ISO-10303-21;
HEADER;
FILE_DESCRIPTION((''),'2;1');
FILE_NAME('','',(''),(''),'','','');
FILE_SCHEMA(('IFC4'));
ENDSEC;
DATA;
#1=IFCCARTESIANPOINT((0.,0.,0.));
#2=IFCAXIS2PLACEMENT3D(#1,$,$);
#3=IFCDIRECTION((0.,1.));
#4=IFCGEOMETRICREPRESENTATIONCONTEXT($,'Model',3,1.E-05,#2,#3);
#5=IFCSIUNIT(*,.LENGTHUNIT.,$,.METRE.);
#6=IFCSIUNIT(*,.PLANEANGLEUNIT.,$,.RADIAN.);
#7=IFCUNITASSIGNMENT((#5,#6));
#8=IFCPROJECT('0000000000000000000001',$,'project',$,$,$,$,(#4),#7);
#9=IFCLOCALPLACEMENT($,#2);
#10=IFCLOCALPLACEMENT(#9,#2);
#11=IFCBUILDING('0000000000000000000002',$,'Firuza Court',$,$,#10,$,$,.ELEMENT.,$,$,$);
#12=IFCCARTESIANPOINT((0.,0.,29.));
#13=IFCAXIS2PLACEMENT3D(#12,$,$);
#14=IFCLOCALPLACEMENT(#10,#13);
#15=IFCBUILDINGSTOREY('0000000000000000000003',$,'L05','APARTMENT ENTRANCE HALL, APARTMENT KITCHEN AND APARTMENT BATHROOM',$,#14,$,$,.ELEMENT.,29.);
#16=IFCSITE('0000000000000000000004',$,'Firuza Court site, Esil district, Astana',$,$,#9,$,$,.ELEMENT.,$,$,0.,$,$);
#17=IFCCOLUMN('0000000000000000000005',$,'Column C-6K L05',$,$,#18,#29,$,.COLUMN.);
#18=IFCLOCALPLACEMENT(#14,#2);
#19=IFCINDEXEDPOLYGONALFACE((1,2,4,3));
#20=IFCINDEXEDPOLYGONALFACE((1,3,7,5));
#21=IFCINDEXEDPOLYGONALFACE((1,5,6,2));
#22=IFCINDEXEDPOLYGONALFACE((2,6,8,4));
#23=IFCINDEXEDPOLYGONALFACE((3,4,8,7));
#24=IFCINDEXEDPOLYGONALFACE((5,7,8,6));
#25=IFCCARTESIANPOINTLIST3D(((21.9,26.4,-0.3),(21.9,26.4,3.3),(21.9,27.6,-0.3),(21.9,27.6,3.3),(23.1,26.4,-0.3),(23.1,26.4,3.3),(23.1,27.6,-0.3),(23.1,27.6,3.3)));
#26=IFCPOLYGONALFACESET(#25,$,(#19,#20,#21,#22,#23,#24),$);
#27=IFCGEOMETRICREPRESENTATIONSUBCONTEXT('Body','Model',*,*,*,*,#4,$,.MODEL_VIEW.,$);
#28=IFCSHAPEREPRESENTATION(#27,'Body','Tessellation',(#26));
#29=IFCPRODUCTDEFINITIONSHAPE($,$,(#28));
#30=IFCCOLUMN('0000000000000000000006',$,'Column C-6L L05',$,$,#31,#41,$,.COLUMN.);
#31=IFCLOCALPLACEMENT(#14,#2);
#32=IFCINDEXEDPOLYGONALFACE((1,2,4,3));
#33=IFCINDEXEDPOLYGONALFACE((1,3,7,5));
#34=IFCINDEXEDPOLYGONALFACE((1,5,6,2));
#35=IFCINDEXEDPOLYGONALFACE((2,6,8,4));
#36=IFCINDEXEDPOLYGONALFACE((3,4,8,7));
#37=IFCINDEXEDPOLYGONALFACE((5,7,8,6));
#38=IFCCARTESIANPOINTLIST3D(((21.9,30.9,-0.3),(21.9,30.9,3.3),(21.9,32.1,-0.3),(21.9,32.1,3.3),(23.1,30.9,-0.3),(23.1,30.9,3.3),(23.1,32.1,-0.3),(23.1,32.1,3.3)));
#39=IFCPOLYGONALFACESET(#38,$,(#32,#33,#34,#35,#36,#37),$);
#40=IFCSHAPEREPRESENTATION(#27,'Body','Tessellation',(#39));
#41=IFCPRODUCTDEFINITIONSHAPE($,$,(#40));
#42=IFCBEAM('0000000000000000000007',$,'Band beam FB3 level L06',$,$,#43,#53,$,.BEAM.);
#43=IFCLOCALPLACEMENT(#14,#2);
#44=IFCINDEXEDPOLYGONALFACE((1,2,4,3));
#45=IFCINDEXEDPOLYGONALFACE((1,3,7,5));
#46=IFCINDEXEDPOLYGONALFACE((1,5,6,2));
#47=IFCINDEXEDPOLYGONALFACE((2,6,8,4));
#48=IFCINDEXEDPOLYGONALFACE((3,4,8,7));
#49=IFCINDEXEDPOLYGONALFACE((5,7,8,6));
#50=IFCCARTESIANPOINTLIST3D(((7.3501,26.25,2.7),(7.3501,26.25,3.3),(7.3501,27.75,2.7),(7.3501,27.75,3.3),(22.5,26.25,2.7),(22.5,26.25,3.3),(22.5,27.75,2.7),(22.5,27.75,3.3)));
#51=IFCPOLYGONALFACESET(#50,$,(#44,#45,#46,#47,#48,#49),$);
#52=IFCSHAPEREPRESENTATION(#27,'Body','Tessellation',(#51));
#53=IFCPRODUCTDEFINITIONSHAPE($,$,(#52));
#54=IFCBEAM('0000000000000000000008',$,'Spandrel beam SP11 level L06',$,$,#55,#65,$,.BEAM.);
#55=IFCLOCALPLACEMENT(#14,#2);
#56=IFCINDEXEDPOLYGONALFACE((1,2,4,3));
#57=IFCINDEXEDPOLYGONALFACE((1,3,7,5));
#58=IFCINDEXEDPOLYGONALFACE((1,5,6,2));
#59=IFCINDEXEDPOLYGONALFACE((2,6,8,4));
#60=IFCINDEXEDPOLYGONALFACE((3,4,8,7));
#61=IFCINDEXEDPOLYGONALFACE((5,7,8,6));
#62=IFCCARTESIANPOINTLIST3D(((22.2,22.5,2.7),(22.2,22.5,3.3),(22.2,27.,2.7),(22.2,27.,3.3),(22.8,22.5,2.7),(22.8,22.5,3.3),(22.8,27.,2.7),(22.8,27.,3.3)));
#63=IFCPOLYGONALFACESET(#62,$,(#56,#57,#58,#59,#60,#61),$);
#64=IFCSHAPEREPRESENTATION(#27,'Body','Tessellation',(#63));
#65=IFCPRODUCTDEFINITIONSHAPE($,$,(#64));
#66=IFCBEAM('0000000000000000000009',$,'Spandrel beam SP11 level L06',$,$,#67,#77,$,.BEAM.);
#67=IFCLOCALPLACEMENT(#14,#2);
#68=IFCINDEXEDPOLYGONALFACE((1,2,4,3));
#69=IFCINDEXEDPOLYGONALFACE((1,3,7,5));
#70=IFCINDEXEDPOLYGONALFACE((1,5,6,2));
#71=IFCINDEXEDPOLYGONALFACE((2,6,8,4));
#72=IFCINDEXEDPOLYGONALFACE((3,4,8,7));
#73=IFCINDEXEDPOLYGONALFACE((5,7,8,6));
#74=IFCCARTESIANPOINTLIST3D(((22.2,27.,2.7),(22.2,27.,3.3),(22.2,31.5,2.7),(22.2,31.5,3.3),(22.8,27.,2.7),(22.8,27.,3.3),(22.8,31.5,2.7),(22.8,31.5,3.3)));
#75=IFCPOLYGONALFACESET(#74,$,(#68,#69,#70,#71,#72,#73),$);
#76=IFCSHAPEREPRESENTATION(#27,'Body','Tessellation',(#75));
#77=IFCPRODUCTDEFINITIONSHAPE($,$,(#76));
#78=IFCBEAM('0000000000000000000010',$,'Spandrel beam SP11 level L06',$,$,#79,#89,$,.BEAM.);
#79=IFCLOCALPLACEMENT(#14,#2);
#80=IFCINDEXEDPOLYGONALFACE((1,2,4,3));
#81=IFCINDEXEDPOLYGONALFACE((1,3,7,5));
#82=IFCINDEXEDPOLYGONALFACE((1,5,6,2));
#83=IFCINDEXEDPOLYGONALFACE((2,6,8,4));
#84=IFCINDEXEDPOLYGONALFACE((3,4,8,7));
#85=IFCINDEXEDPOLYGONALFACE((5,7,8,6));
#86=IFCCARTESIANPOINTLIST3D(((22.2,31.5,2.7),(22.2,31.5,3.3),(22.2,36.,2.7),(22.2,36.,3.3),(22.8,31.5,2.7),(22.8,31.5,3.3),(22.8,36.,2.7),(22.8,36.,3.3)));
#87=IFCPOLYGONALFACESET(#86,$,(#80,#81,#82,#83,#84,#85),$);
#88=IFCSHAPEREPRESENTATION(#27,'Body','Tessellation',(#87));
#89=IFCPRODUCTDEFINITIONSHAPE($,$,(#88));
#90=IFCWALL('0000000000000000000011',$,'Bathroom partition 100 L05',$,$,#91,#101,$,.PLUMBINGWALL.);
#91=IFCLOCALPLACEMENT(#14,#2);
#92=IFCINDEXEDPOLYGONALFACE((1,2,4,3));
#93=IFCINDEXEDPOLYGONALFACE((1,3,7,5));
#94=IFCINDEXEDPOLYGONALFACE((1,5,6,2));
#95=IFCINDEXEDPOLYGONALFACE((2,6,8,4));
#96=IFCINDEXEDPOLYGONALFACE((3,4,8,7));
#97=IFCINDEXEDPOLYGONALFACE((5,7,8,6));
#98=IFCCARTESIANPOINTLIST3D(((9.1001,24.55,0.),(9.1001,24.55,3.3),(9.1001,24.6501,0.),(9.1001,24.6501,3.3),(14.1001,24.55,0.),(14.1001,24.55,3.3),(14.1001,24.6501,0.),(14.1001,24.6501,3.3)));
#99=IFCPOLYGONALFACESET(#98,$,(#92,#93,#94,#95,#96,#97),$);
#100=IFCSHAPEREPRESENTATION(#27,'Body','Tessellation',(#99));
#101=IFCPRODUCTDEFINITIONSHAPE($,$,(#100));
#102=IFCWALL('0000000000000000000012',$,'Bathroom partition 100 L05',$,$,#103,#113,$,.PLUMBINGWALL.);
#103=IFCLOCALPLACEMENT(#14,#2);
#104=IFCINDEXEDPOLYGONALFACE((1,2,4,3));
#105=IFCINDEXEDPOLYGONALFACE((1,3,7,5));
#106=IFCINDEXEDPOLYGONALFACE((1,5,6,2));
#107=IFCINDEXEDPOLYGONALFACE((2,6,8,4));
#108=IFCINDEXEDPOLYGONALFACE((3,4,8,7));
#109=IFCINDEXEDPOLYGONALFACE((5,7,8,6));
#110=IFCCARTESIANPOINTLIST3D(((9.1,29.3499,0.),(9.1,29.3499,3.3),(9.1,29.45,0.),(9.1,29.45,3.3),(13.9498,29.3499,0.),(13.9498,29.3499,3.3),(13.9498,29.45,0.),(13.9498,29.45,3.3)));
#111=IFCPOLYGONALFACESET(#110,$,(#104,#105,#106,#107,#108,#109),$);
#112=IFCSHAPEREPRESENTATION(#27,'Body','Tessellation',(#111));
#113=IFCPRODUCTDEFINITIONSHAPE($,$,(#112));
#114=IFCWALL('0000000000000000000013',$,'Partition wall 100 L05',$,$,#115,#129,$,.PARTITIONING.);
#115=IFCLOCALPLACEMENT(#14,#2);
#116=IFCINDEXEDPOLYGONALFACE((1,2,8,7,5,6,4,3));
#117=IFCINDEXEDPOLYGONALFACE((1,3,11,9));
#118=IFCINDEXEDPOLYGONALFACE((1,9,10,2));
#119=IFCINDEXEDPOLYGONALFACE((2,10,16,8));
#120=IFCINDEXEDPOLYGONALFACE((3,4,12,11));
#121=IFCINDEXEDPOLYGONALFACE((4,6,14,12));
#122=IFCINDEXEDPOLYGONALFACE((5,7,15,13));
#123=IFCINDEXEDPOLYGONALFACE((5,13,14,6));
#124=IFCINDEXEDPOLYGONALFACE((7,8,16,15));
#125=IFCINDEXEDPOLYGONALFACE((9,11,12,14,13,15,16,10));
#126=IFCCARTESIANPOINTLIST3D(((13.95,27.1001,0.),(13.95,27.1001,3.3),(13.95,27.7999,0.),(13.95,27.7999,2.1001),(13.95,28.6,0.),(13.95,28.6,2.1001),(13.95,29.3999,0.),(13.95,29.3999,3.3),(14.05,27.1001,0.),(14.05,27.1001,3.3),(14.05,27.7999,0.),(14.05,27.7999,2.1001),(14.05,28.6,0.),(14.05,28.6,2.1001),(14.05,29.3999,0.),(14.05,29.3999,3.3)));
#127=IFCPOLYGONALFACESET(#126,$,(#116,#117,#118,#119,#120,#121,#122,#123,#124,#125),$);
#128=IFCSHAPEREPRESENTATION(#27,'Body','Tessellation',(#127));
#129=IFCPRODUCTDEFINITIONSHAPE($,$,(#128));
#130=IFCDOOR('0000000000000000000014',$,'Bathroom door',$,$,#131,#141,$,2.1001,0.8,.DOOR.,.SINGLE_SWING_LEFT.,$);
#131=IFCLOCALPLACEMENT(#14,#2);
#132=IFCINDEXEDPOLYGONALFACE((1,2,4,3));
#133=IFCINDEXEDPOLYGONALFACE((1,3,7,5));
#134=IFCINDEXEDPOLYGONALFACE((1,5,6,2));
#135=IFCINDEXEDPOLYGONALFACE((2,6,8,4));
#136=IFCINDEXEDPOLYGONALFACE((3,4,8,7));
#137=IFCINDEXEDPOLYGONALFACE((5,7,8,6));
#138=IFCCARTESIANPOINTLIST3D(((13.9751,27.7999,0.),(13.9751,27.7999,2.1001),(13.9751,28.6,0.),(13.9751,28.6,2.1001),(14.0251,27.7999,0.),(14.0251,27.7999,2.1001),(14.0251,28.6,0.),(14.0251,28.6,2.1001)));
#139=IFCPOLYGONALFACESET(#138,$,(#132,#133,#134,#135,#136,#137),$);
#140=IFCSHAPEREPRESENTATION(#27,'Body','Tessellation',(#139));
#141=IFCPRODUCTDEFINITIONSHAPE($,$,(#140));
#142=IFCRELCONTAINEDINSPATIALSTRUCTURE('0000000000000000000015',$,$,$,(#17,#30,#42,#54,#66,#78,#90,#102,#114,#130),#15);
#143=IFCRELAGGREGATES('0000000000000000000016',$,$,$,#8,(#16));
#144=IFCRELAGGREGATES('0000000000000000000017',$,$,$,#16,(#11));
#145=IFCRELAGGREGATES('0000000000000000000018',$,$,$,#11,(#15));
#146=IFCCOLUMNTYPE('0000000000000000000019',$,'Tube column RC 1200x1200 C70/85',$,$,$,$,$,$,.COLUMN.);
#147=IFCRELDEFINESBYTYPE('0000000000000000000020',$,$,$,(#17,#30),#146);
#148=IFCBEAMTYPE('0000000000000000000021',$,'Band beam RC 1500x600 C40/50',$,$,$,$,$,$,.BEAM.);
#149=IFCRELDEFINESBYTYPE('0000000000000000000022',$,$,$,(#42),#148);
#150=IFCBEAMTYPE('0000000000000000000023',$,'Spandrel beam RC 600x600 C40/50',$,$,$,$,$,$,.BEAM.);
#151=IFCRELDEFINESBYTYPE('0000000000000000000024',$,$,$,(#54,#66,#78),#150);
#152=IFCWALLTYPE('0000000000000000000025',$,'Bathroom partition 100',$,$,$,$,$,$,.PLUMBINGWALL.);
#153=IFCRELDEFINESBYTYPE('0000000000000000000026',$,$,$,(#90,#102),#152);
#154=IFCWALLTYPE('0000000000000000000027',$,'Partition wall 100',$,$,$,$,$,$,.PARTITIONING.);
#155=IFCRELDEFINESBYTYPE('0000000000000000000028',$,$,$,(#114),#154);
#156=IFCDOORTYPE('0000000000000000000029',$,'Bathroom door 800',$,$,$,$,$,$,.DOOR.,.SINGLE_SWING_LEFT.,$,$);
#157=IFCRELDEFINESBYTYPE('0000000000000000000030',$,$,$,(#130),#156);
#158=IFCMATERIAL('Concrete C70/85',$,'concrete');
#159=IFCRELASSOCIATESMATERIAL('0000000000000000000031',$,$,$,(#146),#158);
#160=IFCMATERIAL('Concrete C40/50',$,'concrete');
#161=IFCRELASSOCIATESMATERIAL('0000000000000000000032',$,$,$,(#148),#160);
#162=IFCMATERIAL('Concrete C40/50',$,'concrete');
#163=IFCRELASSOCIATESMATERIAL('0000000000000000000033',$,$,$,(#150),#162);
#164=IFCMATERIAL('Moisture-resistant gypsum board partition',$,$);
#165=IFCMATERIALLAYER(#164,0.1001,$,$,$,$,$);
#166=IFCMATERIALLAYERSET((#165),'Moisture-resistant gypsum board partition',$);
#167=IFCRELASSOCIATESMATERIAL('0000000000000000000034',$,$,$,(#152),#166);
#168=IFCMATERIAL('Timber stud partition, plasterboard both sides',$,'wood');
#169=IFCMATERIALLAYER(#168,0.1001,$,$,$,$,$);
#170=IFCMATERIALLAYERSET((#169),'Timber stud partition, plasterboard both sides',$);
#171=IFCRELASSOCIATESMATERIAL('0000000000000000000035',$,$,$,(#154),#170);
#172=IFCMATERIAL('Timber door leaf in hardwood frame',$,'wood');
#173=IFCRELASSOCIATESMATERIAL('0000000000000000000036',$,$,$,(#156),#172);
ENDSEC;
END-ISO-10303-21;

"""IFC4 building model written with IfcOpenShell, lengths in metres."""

from ifc_helpers import new_model, si_unit, direction, frame, frame_2d, origin, origin_2d, place, context, subcontext, project, spatial, rectangle, extrude, material, layer, layer_set, material_profile, profile_set, type_object, element, fill, save


model = new_model("IFC4")

# Units and contexts
model_context = context("Model", 3, precision=1e-05, world=origin(), true_north=direction((0.0, 1.0)))
body_context = subcontext(model_context, "Body", "Model", "MODEL_VIEW")
ifc_project = project(units=[si_unit("LENGTHUNIT", "METRE"), si_unit("PLANEANGLEUNIT", "RADIAN")], contexts=[model_context])

# Site, building, storey
site_placement = place(None, origin())
site = spatial("IfcSite", under=ifc_project, at=site_placement, Name="Firuza Court site, Esil district, Astana", CompositionType="ELEMENT", RefElevation=0.0)
building_placement = place(site_placement, origin())
building = spatial("IfcBuilding", under=site, at=building_placement, Name="Firuza Court", CompositionType="ELEMENT")
storey_placement = place(building_placement, frame((0.0, 0.0, 29.0)))
storey = spatial("IfcBuildingStorey", under=building, at=storey_placement, Name="L05", Description="APARTMENT ENTRANCE HALL, APARTMENT KITCHEN AND APARTMENT BATHROOM", CompositionType="ELEMENT", Elevation=29.0)

# Columns
ifc_material_1 = material(Name="Concrete C70/85", Category="concrete")
ifc_material_profile_1 = material_profile(ifc_material_1, rectangle(XDim=1.2, YDim=1.2, at=origin_2d()), Name="RC 1200x1200")
ifc_profile_set_1 = profile_set([ifc_material_profile_1], Name="Concrete C70/85")
column_type = type_object("IfcColumnType", Name="Tube column RC 1200x1200 C70/85", PredefinedType="COLUMN", material=ifc_profile_set_1)
for number, where, z_axis, x_axis, name in (
    (1, (22.5, 27.0, -0.3), (0.0, 0.0, 1.0), (1.0, 0.0, 0.0), "Column C-6K L05"),
    (2, (22.5, 31.5, -0.3), (0.0, 0.0, 1.0), (1.0, 0.0, 0.0), "Column C-6L L05"),
):
    element("IfcColumn", number, at=place(storey_placement, frame(where, z_axis=z_axis, x_axis=x_axis)), inside=storey, type_object=column_type, Name=name, PredefinedType="COLUMN", context=body_context, shape_type="SweptSolid", body=[
        extrude(rectangle(XDim=1.2, YDim=1.2, at=origin_2d()), origin(), (0.0, 0.0, 1.0), 3.6001),
    ])

# Beams
ifc_material_2 = material(Name="Concrete C40/50", Category="concrete")
ifc_material_profile_2 = material_profile(ifc_material_2, rectangle(XDim=1.5, YDim=0.6001, at=origin_2d()), Name="RC 1500x600")
ifc_profile_set_2 = profile_set([ifc_material_profile_2], Name="Concrete C40/50")
beam_type_1 = type_object("IfcBeamType", Name="Band beam RC 1500x600 C40/50", PredefinedType="BEAM", material=ifc_profile_set_2)
beam_placement = place(storey_placement, frame((22.5, 27.0, 3.0), z_axis=(-1.0, 0.0, 0.0), x_axis=(0.0, -1.0, 0.0)))
element("IfcBeam", 3, at=beam_placement, inside=storey, type_object=beam_type_1, Name="Band beam FB3 level L06", PredefinedType="BEAM", context=body_context, shape_type="SweptSolid", body=[
    extrude(rectangle(XDim=1.5, YDim=0.6001, at=origin_2d()), origin(), (0.0, 0.0, 1.0), 15.1499),
])
ifc_material_3 = material(Name="Concrete C40/50", Category="concrete")
ifc_material_profile_3 = material_profile(ifc_material_3, rectangle(XDim=0.6001, YDim=0.6001, at=origin_2d()), Name="RC 600x600")
ifc_profile_set_3 = profile_set([ifc_material_profile_3], Name="Concrete C40/50")
beam_type_2 = type_object("IfcBeamType", Name="Spandrel beam RC 600x600 C40/50", PredefinedType="BEAM", material=ifc_profile_set_3)
for number, where, z_axis, x_axis, name in (
    (4, (22.5, 22.5, 3.0), (0.0, 1.0, 0.0), (-1.0, 0.0, 0.0), "Spandrel beam SP11 level L06"),
    (5, (22.5, 27.0, 3.0), (0.0, 1.0, 0.0), (-1.0, 0.0, 0.0), "Spandrel beam SP11 level L06"),
    (6, (22.5, 31.5, 3.0), (0.0, 1.0, 0.0), (-1.0, 0.0, 0.0), "Spandrel beam SP11 level L06"),
):
    element("IfcBeam", number, at=place(storey_placement, frame(where, z_axis=z_axis, x_axis=x_axis)), inside=storey, type_object=beam_type_2, Name=name, PredefinedType="BEAM", context=body_context, shape_type="SweptSolid", body=[
        extrude(rectangle(XDim=0.6001, YDim=0.6001, at=origin_2d()), origin(), (0.0, 0.0, 1.0), 4.5),
    ])

# Walls
ifc_material_4 = material(Name="Moisture-resistant gypsum board partition")
ifc_layer_1 = layer(ifc_material_4, 0.1001)
ifc_layer_set_1 = layer_set([ifc_layer_1], Name="Moisture-resistant gypsum board partition")
wall_type_1 = type_object("IfcWallType", Name="Bathroom partition 100", PredefinedType="PLUMBINGWALL", material=ifc_layer_set_1)
wall_1_placement = place(storey_placement, frame((9.1001, 24.6001, 0.0), z_axis=(0.0, 0.0, 1.0), x_axis=(1.0, 0.0, 0.0)))
element("IfcWall", 7, at=wall_1_placement, inside=storey, type_object=wall_type_1, Name="Bathroom partition 100 L05", PredefinedType="PLUMBINGWALL", context=body_context, shape_type="SweptSolid", body=[
    extrude(rectangle(XDim=5.0, YDim=0.1001, at=frame_2d((2.5, 0.0))), origin(), (0.0, 0.0, 1.0), 3.3),
])
wall_2_placement = place(storey_placement, frame((9.1001, 29.3999, 0.0), z_axis=(0.0, 0.0, 1.0), x_axis=(1.0, 0.0, 0.0)))
element("IfcWall", 8, at=wall_2_placement, inside=storey, type_object=wall_type_1, Name="Bathroom partition 100 L05", PredefinedType="PLUMBINGWALL", context=body_context, shape_type="SweptSolid", body=[
    extrude(rectangle(XDim=4.8499, YDim=0.1001, at=frame_2d((2.4248, 0.0))), origin(), (0.0, 0.0, 1.0), 3.3),
])

# Wall, opening, door
ifc_material_5 = material(Name="Timber stud partition, plasterboard both sides", Category="wood")
ifc_layer_2 = layer(ifc_material_5, 0.1001)
ifc_layer_set_2 = layer_set([ifc_layer_2], Name="Timber stud partition, plasterboard both sides")
wall_type_2 = type_object("IfcWallType", Name="Partition wall 100", PredefinedType="PARTITIONING", material=ifc_layer_set_2)
wall_3_placement = place(storey_placement, frame((14.0, 27.1001, 0.0), z_axis=(0.0, 0.0, 1.0), x_axis=(0.0, 1.0, 0.0)))
wall_3 = element("IfcWall", 9, at=wall_3_placement, inside=storey, type_object=wall_type_2, Name="Partition wall 100 L05", PredefinedType="PARTITIONING", context=body_context, shape_type="SweptSolid", body=[
    extrude(rectangle(XDim=2.2998, YDim=0.1001, at=frame_2d((1.1499, 0.0))), origin(), (0.0, 0.0, 1.0), 3.3),
])
opening_1_placement = place(wall_3_placement, frame((0.7, 0.0, 0.0)))
opening_1 = element("IfcOpeningElement", 10, at=opening_1_placement, cuts=wall_3, PredefinedType="OPENING", context=body_context, shape_type="SweptSolid", body=[
    extrude(rectangle(XDim=0.8, YDim=2.1001, at=frame_2d((0.3999, 1.05))), frame((0.0, 0.062, 0.0), z_axis=(0.0, -1.0, 0.0), x_axis=(1.0, 0.0, 0.0)), (0.0, 0.0, 1.0), 0.124),
])
ifc_material_6 = material(Name="Timber door leaf in hardwood frame", Category="wood")
door_type_1 = type_object("IfcDoorType", Name="Bathroom door 800", OperationType="SINGLE_SWING_LEFT", PredefinedType="DOOR", material=ifc_material_6)
door_1_placement = place(opening_1_placement, origin())
door_1 = element("IfcDoor", 11, at=door_1_placement, inside=storey, type_object=door_type_1, Name="Bathroom door", OperationType="SINGLE_SWING_LEFT", OverallHeight=2.1001, OverallWidth=0.8, PredefinedType="DOOR", context=body_context, shape_type="SweptSolid", body=[
    extrude(rectangle(XDim=0.8, YDim=2.1001, at=frame_2d((0.3999, 1.05))), frame((0.0, 0.0249, 0.0), z_axis=(0.0, -1.0, 0.0), x_axis=(1.0, 0.0, 0.0)), (0.0, 0.0, 1.0), 0.05),
])
fill(opening_1, door_1)

save(model, "model.ifc")
